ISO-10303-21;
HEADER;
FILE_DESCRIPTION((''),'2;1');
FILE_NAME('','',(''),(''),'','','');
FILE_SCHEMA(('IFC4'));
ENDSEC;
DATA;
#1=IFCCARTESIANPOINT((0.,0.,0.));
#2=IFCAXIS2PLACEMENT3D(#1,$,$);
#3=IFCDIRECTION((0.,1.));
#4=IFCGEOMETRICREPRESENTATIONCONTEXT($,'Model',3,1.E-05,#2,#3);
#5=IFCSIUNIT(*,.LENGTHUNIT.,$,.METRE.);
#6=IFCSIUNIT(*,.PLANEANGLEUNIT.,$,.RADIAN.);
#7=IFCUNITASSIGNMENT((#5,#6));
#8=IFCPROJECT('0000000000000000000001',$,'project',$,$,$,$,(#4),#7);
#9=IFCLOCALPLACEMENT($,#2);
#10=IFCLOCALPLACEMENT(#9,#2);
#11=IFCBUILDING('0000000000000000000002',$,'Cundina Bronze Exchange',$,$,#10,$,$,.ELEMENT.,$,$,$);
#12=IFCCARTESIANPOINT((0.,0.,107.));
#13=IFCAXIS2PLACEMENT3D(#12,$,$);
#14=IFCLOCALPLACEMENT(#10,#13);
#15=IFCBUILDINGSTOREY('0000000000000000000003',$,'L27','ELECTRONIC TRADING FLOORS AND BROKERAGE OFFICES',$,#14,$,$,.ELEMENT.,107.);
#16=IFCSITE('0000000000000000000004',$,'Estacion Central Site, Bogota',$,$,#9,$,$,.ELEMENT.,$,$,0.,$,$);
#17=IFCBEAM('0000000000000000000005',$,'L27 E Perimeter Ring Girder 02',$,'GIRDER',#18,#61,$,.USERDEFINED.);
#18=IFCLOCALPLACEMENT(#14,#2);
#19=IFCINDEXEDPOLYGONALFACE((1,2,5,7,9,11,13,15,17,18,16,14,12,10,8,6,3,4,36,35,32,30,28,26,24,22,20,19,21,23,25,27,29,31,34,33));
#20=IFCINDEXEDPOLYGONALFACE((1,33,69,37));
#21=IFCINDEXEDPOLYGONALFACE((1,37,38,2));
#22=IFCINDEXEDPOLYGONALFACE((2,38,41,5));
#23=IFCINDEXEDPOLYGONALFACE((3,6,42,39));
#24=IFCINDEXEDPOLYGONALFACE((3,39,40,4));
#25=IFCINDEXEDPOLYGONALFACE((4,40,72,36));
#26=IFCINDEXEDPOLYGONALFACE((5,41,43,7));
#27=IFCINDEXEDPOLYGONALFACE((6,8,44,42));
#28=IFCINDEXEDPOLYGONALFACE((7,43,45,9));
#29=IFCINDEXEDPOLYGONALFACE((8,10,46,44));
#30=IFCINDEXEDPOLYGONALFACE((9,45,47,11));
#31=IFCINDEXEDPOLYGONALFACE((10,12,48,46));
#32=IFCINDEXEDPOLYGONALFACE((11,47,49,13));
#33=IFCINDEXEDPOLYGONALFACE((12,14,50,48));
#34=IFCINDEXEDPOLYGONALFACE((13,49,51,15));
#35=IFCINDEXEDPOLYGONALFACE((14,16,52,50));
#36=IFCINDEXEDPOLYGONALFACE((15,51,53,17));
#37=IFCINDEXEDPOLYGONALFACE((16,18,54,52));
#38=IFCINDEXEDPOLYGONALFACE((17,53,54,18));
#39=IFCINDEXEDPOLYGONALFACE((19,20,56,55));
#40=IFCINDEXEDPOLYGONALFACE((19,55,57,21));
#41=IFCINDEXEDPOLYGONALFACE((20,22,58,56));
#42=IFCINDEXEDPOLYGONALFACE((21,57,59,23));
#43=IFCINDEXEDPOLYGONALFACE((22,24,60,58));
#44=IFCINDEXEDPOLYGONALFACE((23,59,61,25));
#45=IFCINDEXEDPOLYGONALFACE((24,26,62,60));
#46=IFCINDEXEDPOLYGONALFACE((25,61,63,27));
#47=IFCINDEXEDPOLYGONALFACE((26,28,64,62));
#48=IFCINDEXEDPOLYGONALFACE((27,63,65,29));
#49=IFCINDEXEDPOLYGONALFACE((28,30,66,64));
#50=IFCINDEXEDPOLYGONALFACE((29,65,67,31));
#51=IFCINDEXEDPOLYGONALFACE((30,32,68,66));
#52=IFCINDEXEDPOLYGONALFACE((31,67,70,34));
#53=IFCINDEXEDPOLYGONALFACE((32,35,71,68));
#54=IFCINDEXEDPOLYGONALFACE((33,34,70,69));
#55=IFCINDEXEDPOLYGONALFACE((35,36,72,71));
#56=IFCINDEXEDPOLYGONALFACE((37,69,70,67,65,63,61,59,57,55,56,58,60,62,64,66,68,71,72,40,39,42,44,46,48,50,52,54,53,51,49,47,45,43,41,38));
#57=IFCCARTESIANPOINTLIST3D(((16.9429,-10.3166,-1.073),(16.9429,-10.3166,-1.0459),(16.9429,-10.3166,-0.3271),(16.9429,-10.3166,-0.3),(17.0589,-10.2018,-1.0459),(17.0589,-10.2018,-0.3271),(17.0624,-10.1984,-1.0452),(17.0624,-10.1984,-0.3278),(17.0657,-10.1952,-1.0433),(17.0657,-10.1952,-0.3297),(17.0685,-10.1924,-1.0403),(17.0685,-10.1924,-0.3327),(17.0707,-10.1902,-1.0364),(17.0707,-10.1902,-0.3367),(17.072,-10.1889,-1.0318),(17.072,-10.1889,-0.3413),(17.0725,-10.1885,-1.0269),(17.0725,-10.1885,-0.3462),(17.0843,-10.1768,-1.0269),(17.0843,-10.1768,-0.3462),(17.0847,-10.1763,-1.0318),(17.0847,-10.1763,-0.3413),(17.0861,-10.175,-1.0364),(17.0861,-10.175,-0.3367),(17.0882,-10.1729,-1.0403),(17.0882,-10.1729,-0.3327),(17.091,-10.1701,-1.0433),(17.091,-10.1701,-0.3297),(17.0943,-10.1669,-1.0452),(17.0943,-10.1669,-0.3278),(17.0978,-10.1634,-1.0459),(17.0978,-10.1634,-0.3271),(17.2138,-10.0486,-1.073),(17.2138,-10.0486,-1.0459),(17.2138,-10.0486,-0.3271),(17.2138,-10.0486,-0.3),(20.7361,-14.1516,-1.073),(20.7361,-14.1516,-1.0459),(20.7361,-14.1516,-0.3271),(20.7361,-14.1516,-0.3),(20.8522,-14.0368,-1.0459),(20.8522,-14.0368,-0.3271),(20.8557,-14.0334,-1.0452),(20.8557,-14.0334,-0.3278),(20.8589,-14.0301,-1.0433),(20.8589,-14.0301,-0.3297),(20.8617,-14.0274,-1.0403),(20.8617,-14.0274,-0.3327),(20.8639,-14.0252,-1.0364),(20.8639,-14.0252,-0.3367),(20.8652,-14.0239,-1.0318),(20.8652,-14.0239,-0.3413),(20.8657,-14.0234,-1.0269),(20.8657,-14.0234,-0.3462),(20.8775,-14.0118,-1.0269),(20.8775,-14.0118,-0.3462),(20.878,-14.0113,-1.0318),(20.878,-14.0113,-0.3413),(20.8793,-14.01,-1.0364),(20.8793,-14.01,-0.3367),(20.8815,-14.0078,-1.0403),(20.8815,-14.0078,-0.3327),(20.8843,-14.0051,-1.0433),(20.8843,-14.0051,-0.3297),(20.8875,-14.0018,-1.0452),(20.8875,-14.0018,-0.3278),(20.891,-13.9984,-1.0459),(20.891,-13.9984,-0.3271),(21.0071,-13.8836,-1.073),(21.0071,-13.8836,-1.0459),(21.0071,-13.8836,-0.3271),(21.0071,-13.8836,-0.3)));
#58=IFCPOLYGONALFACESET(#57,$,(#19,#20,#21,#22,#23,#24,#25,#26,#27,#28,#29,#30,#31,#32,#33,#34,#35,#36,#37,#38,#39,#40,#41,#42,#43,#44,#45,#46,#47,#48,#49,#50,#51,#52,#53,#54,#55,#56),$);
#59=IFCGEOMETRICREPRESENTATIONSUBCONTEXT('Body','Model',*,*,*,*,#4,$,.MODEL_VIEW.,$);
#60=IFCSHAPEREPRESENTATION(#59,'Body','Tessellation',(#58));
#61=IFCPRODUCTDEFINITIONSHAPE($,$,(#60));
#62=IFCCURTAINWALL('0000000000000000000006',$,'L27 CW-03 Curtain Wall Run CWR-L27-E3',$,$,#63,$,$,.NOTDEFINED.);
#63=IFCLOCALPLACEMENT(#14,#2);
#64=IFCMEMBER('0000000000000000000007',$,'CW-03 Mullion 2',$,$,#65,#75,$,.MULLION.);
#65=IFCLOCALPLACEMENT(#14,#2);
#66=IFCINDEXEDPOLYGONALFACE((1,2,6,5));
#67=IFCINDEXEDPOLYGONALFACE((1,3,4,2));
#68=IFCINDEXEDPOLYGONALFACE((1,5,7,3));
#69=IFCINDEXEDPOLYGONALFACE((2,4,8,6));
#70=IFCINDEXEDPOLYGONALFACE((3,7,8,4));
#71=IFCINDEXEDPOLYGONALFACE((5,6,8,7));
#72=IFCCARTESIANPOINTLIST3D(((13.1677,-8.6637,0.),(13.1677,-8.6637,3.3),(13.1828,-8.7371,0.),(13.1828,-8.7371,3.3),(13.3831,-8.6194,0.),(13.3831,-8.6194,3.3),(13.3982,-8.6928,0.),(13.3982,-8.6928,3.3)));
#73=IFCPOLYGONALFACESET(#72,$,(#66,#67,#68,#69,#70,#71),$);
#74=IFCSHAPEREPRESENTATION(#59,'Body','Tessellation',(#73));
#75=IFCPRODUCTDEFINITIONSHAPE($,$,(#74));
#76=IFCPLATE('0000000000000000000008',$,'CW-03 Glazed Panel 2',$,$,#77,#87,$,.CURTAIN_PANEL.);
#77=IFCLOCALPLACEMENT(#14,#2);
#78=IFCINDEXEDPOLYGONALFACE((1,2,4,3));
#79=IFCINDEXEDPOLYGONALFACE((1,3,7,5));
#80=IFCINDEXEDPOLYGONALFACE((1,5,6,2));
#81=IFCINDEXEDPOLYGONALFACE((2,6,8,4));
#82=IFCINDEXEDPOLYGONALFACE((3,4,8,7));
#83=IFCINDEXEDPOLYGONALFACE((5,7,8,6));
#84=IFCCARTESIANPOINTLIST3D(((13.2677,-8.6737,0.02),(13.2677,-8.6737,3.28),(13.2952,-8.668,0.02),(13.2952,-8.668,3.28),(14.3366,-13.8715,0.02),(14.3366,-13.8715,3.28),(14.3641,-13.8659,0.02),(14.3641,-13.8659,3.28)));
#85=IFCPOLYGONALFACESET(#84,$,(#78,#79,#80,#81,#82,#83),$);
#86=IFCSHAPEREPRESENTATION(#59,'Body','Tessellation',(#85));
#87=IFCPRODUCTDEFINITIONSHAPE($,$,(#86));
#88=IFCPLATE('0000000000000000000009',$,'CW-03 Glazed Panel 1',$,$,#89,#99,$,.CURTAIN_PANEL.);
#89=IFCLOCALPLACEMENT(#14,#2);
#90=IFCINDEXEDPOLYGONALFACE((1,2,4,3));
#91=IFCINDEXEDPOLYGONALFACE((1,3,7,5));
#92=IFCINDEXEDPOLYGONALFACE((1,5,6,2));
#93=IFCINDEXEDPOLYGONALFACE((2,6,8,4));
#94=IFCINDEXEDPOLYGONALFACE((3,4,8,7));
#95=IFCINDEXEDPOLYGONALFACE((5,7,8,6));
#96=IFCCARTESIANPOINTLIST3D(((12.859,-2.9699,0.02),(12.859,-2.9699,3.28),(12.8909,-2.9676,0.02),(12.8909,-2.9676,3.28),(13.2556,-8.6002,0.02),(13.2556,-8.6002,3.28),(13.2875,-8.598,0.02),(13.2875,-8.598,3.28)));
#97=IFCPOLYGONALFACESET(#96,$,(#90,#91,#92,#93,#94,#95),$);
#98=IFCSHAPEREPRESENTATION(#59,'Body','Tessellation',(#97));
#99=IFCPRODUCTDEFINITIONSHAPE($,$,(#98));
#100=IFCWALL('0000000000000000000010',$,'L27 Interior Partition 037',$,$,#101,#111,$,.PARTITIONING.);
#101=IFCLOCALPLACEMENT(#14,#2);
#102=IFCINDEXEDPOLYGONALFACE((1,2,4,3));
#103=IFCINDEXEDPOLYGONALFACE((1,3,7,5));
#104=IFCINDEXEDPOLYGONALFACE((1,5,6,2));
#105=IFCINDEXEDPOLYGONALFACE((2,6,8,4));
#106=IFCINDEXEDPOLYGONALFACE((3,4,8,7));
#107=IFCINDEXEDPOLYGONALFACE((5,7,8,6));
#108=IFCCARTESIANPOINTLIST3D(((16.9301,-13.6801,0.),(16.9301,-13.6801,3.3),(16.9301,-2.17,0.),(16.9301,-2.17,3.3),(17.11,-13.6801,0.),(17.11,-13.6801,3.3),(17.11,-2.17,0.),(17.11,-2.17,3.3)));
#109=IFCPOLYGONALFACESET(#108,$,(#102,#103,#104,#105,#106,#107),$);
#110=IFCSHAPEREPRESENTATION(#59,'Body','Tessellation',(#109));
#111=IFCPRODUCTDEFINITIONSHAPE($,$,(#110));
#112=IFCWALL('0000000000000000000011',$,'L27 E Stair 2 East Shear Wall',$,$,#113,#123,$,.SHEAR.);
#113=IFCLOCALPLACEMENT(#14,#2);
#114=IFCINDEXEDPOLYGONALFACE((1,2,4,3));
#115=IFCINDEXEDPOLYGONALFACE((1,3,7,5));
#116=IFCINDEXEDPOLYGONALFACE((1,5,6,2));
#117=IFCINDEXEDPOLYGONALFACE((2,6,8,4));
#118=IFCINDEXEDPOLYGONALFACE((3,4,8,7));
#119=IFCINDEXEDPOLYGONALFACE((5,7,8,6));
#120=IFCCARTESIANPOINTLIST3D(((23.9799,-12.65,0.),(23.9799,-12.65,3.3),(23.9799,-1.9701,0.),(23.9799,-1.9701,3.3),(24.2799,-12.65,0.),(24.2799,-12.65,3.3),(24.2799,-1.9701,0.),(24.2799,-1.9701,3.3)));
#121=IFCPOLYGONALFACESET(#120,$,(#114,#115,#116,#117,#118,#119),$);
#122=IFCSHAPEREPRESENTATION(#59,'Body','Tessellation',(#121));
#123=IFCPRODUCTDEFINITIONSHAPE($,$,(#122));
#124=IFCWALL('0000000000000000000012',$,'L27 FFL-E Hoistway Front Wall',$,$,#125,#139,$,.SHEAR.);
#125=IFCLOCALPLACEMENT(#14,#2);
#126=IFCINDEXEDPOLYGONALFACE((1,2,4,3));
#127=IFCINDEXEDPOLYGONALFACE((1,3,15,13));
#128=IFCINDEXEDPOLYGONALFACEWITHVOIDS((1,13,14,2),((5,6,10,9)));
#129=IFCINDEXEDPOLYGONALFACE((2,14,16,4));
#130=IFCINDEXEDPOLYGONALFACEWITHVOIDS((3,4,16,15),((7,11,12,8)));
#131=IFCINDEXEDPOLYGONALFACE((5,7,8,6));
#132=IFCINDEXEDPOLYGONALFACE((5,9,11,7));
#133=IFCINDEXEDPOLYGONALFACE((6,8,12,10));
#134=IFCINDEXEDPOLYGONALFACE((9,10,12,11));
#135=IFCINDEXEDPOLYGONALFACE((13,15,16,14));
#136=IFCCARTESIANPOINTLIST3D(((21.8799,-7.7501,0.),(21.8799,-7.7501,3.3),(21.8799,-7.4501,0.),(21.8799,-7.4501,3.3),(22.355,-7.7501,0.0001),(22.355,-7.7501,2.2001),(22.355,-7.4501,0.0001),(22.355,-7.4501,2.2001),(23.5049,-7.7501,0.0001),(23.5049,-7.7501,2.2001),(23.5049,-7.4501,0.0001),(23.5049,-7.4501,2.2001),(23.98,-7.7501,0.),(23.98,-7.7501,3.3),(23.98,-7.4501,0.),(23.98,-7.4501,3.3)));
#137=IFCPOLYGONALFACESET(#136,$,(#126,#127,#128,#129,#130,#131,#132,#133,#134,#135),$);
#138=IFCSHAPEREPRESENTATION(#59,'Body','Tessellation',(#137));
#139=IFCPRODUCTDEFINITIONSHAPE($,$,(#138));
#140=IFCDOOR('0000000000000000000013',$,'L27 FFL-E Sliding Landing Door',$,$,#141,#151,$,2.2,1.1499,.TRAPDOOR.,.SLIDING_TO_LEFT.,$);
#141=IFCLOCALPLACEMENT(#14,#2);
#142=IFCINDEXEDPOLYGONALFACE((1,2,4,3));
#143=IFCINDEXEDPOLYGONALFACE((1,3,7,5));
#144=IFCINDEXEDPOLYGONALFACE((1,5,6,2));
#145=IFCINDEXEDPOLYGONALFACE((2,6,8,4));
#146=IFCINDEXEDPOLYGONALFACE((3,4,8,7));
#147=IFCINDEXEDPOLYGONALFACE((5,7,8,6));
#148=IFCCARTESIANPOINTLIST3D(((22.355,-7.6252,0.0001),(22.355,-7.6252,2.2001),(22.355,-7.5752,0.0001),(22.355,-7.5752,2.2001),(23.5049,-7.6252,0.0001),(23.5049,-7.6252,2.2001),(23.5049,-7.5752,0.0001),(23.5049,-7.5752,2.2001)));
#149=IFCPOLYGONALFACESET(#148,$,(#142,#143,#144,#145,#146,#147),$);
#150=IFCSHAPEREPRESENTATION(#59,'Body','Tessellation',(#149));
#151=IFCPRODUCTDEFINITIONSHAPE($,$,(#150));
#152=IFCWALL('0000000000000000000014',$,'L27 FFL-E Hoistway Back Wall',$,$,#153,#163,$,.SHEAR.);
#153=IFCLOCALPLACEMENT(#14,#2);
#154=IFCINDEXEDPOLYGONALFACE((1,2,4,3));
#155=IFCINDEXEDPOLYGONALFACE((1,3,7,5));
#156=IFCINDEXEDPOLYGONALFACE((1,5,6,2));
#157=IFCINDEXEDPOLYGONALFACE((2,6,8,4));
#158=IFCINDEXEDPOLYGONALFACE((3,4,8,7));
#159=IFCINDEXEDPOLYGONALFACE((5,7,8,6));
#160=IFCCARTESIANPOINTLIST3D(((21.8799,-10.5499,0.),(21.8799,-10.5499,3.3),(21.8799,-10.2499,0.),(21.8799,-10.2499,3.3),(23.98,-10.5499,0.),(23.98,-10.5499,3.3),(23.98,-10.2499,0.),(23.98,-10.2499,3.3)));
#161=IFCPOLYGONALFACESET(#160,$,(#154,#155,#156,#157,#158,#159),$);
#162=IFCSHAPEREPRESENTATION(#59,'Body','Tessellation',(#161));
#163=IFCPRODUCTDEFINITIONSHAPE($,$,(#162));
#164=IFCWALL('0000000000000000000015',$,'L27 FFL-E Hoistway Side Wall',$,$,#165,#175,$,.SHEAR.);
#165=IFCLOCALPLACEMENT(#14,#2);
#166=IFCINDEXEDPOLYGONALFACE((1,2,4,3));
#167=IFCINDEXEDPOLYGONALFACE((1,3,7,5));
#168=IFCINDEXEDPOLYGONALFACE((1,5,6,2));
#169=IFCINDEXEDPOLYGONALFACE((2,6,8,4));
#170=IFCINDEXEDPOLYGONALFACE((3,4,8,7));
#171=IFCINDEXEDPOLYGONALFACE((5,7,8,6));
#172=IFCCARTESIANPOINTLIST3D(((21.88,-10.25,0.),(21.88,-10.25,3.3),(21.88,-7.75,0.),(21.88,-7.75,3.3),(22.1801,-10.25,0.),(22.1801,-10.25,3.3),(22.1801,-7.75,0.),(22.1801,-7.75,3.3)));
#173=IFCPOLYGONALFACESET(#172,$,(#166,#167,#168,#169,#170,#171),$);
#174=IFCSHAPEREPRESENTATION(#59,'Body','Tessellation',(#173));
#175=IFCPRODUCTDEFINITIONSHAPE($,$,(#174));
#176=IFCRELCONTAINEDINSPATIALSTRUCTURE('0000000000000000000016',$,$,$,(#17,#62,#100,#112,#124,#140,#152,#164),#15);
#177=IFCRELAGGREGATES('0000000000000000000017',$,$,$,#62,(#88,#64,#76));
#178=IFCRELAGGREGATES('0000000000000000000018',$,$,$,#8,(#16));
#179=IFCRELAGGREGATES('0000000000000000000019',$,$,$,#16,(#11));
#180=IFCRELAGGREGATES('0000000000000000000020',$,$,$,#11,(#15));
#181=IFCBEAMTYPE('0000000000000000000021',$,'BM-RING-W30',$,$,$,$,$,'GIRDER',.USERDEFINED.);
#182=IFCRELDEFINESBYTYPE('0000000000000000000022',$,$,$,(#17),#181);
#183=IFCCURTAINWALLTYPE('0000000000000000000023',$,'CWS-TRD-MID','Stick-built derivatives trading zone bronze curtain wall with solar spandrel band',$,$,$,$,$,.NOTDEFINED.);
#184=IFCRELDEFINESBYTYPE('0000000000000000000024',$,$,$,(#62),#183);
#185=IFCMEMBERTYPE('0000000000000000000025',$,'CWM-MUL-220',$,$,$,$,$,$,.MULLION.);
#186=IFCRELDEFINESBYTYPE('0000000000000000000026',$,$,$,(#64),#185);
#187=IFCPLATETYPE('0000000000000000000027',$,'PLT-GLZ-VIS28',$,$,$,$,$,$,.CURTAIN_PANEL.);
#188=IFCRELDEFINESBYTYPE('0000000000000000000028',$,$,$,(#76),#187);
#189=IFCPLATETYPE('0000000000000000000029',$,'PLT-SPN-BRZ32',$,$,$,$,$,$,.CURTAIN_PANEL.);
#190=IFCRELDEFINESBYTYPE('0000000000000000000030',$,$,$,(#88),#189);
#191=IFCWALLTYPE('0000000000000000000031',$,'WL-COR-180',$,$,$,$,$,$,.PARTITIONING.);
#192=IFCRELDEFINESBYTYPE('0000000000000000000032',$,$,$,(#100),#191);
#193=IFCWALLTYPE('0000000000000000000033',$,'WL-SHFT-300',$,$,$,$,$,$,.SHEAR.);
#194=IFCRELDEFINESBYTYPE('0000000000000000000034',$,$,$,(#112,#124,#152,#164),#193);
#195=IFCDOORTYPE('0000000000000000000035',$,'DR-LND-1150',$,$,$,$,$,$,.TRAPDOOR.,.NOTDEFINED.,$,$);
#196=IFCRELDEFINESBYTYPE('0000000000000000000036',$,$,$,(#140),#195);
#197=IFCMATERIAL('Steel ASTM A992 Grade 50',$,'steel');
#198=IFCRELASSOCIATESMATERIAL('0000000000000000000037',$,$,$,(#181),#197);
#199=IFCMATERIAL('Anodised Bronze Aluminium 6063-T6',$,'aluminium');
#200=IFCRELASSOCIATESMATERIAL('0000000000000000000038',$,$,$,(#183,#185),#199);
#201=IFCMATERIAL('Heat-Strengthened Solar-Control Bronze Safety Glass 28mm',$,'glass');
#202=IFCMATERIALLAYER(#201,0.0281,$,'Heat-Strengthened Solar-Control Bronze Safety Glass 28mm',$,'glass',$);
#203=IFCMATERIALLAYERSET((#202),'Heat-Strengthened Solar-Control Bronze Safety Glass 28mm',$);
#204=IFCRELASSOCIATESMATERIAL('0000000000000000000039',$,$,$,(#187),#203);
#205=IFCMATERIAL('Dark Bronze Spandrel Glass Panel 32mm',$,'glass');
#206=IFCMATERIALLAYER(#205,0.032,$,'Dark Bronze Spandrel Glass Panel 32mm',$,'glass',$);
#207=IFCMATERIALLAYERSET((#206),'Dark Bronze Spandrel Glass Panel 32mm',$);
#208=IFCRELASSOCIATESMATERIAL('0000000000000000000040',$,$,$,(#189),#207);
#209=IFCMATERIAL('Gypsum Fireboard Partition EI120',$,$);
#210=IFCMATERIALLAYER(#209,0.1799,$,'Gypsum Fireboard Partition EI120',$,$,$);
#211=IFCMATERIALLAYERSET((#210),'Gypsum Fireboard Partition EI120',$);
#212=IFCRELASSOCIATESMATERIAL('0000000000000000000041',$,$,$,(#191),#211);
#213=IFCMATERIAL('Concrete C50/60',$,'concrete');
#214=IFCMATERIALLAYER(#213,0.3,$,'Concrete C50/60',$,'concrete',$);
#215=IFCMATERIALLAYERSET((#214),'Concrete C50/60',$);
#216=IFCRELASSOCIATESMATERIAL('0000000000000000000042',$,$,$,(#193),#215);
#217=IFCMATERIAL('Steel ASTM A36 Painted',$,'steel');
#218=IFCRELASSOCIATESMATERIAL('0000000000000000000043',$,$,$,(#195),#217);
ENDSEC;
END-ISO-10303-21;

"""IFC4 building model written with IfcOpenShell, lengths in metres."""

from ifc_helpers import new_model, si_unit, direction, frame, frame_2d, origin, origin_2d, place, context, subcontext, project, spatial, rectangle, i_section, extrude, material, layer, layer_set, material_profile, profile_set, type_object, element, fill, aggregate, save


model = new_model("IFC4")

# Units and contexts
model_context = context("Model", 3, precision=1e-05, world=origin(), true_north=direction((0.0, 1.0)))
body_context = subcontext(model_context, "Body", "Model", "MODEL_VIEW")
ifc_project = project(units=[si_unit("LENGTHUNIT", "METRE"), si_unit("PLANEANGLEUNIT", "RADIAN")], contexts=[model_context])

# Site, building, storey
site_placement = place(None, origin())
site = spatial("IfcSite", under=ifc_project, at=site_placement, Name="Estacion Central Site, Bogota", CompositionType="ELEMENT", RefElevation=0.0)
building_placement = place(site_placement, origin())
building = spatial("IfcBuilding", under=site, at=building_placement, Name="Cundina Bronze Exchange", CompositionType="ELEMENT")
storey_placement = place(building_placement, frame((0.0, 0.0, 107.0)))
storey = spatial("IfcBuildingStorey", under=building, at=storey_placement, Name="L27", Description="ELECTRONIC TRADING FLOORS AND BROKERAGE OFFICES", CompositionType="ELEMENT", Elevation=107.0)

# Beam
ifc_material_1 = material(Name="Steel ASTM A992 Grade 50", Category="steel")
ifc_material_profile_1 = material_profile(ifc_material_1, i_section(OverallWidth=0.3811, OverallDepth=0.7729, WebThickness=0.0166, FlangeThickness=0.0271, FilletRadius=0.019, at=origin_2d()), Name="W30X173", Category="steel")
ifc_profile_set_1 = profile_set([ifc_material_profile_1], Name="Steel ASTM A992 Grade 50")
beam_type_1 = type_object("IfcBeamType", Name="BM-RING-W30", ElementType="GIRDER", PredefinedType="USERDEFINED", material=ifc_profile_set_1)
beam_1_placement = place(storey_placement, frame((17.0784, -10.1826, -0.6865), z_axis=(0.703226, -0.710966, 0.0), x_axis=(0.710966, 0.703226, 0.0)))
element("IfcBeam", 1, at=beam_1_placement, inside=storey, type_object=beam_type_1, Name="L27 E Perimeter Ring Girder 02", ObjectType="GIRDER", PredefinedType="USERDEFINED", context=body_context, shape_type="SweptSolid", body=[
    extrude(i_section(OverallWidth=0.3811, OverallDepth=0.7729, WebThickness=0.0166, FlangeThickness=0.0271, FilletRadius=0.019, at=origin_2d()), origin(), (0.0, 0.0, 1.0), 5.394),
])

# Curtain wall, member, plates
ifc_material_2 = material(Name="Anodised Bronze Aluminium 6063-T6", Category="aluminium")
curtain_wall_type = type_object("IfcCurtainWallType", Name="CWS-TRD-MID", Description="Stick-built derivatives trading zone bronze curtain wall with solar spandrel band", PredefinedType="NOTDEFINED", material=ifc_material_2)
curtain_wall_placement = place(storey_placement, origin())
curtain_wall = element("IfcCurtainWall", 2, at=curtain_wall_placement, inside=storey, type_object=curtain_wall_type, Name="L27 CW-03 Curtain Wall Run CWR-L27-E3", PredefinedType="NOTDEFINED")
ifc_material_profile_2 = material_profile(ifc_material_2, rectangle(XDim=0.075, YDim=0.22, at=origin_2d()), Name="AL75X220", Category="aluminium")
ifc_profile_set_2 = profile_set([ifc_material_profile_2], Name="Anodised Bronze Aluminium 6063-T6")
member_type = type_object("IfcMemberType", Name="CWM-MUL-220", PredefinedType="MULLION", material=ifc_profile_set_2)
member_placement = place(storey_placement, frame((13.283, -8.6782, 0.0), z_axis=(0.0, 0.0, 1.0), x_axis=(0.20142, -0.979505, 0.0)))
member = element("IfcMember", 3, at=member_placement, type_object=member_type, Name="CW-03 Mullion 2", PredefinedType="MULLION", context=body_context, shape_type="SweptSolid", body=[
    extrude(rectangle(XDim=0.075, YDim=0.22, at=origin_2d()), origin(), (0.0, 0.0, 1.0), 3.3),
])
ifc_material_3 = material(Name="Heat-Strengthened Solar-Control Bronze Safety Glass 28mm", Category="glass")
ifc_layer_1 = layer(ifc_material_3, 0.0281, Name="Heat-Strengthened Solar-Control Bronze Safety Glass 28mm", Category="glass")
ifc_layer_set_1 = layer_set([ifc_layer_1], Name="Heat-Strengthened Solar-Control Bronze Safety Glass 28mm")
plate_type_1 = type_object("IfcPlateType", Name="PLT-GLZ-VIS28", PredefinedType="CURTAIN_PANEL", material=ifc_layer_set_1)
plate_1_placement = place(storey_placement, frame((13.8159, -11.2698, 0.02), z_axis=(0.0, 0.0, 1.0), x_axis=(0.20142, -0.979505, 0.0)))
plate_1 = element("IfcPlate", 4, at=plate_1_placement, type_object=plate_type_1, Name="CW-03 Glazed Panel 2", PredefinedType="CURTAIN_PANEL", context=body_context, shape_type="SweptSolid", body=[
    extrude(rectangle(XDim=5.3066, YDim=0.0281, at=origin_2d()), origin(), (0.0, 0.0, 1.0), 3.26),
])
ifc_material_4 = material(Name="Dark Bronze Spandrel Glass Panel 32mm", Category="glass")
ifc_layer_2 = layer(ifc_material_4, 0.032, Name="Dark Bronze Spandrel Glass Panel 32mm", Category="glass")
ifc_layer_set_2 = layer_set([ifc_layer_2], Name="Dark Bronze Spandrel Glass Panel 32mm")
plate_type_2 = type_object("IfcPlateType", Name="PLT-SPN-BRZ32", PredefinedType="CURTAIN_PANEL", material=ifc_layer_set_2)
plate_2_placement = place(storey_placement, frame((13.0732, -5.7839, 0.02), z_axis=(0.0, 0.0, 1.0), x_axis=(0.070279, -0.997527, 0.0)))
plate_2 = element("IfcPlate", 5, at=plate_2_placement, type_object=plate_type_2, Name="CW-03 Glazed Panel 1", PredefinedType="CURTAIN_PANEL", context=body_context, shape_type="SweptSolid", body=[
    extrude(rectangle(XDim=5.6443, YDim=0.032, at=origin_2d()), origin(), (0.0, 0.0, 1.0), 3.26),
])
aggregate(curtain_wall, [plate_2, member, plate_1])

# Walls
ifc_material_5 = material(Name="Gypsum Fireboard Partition EI120")
ifc_layer_3 = layer(ifc_material_5, 0.1799, Name="Gypsum Fireboard Partition EI120")
ifc_layer_set_3 = layer_set([ifc_layer_3], Name="Gypsum Fireboard Partition EI120")
wall_type_1 = type_object("IfcWallType", Name="WL-COR-180", PredefinedType="PARTITIONING", material=ifc_layer_set_3)
wall_1_placement = place(storey_placement, frame((17.02, -13.6799, 0.0), z_axis=(0.0, 0.0, 1.0), x_axis=(0.0, 1.0, 0.0)))
element("IfcWall", 6, at=wall_1_placement, inside=storey, type_object=wall_type_1, Name="L27 Interior Partition 037", PredefinedType="PARTITIONING", context=body_context, shape_type="SweptSolid", body=[
    extrude(rectangle(XDim=11.51, YDim=0.1799, at=frame_2d((5.7549, 0.0))), origin(), (0.0, 0.0, 1.0), 3.3),
])
ifc_material_6 = material(Name="Concrete C50/60", Category="concrete")
ifc_layer_4 = layer(ifc_material_6, 0.3, Name="Concrete C50/60", Category="concrete")
ifc_layer_set_4 = layer_set([ifc_layer_4], Name="Concrete C50/60")
wall_type_2 = type_object("IfcWallType", Name="WL-SHFT-300", PredefinedType="SHEAR", material=ifc_layer_set_4)
wall_2_placement = place(storey_placement, frame((24.1299, -12.6499, 0.0), z_axis=(0.0, 0.0, 1.0), x_axis=(0.0, 1.0, 0.0)))
element("IfcWall", 7, at=wall_2_placement, inside=storey, type_object=wall_type_2, Name="L27 E Stair 2 East Shear Wall", PredefinedType="SHEAR", context=body_context, shape_type="SweptSolid", body=[
    extrude(rectangle(XDim=10.6799, YDim=0.3, at=frame_2d((5.3398, 0.0))), origin(), (0.0, 0.0, 1.0), 3.3),
])

# Wall, opening, door
ifc_material_7 = material(Name="Steel ASTM A36 Painted", Category="steel")
wall_3_placement = place(storey_placement, frame((21.8799, -7.6001, 0.0), z_axis=(0.0, 0.0, 1.0), x_axis=(1.0, 0.0, 0.0)))
wall_3 = element("IfcWall", 8, at=wall_3_placement, inside=storey, type_object=wall_type_2, Name="L27 FFL-E Hoistway Front Wall", PredefinedType="SHEAR", context=body_context, shape_type="SweptSolid", body=[
    extrude(rectangle(XDim=2.1001, YDim=0.3, at=frame_2d((1.05, 0.0))), origin(), (0.0, 0.0, 1.0), 3.3),
])
opening_1_placement = place(wall_3_placement, frame((0.4751, 0.0, 0.0)))
opening_1 = element("IfcOpeningElement", 9, at=opening_1_placement, cuts=wall_3, PredefinedType="OPENING", context=body_context, shape_type="SweptSolid", body=[
    extrude(rectangle(XDim=1.1499, YDim=2.2, at=frame_2d((0.575, 1.1001))), frame((0.0, 0.1599, 0.0), z_axis=(0.0, -1.0, 0.0), x_axis=(1.0, 0.0, 0.0)), (0.0, 0.0, 1.0), 0.3201),
])
door_type_1 = type_object("IfcDoorType", Name="DR-LND-1150", OperationType="NOTDEFINED", PredefinedType="TRAPDOOR", material=ifc_material_7)
door_1_placement = place(opening_1_placement, origin())
door_1 = element("IfcDoor", 10, at=door_1_placement, inside=storey, type_object=door_type_1, Name="L27 FFL-E Sliding Landing Door", OperationType="SLIDING_TO_LEFT", OverallHeight=2.2, OverallWidth=1.1499, PredefinedType="TRAPDOOR", context=body_context, shape_type="SweptSolid", body=[
    extrude(rectangle(XDim=1.1499, YDim=2.2, at=frame_2d((0.575, 1.1001))), frame((0.0, 0.0249, 0.0), z_axis=(0.0, -1.0, 0.0), x_axis=(1.0, 0.0, 0.0)), (0.0, 0.0, 1.0), 0.05),
])
fill(opening_1, door_1)

# Walls
wall_4_placement = place(storey_placement, frame((21.8799, -10.3999, 0.0), z_axis=(0.0, 0.0, 1.0), x_axis=(1.0, 0.0, 0.0)))
element("IfcWall", 11, at=wall_4_placement, inside=storey, type_object=wall_type_2, Name="L27 FFL-E Hoistway Back Wall", PredefinedType="SHEAR", context=body_context, shape_type="SweptSolid", body=[
    extrude(rectangle(XDim=2.1001, YDim=0.3, at=frame_2d((1.05, 0.0))), origin(), (0.0, 0.0, 1.0), 3.3),
])
wall_5_placement = place(storey_placement, frame((22.03, -10.25, 0.0), z_axis=(0.0, 0.0, 1.0), x_axis=(0.0, 1.0, 0.0)))
element("IfcWall", 12, at=wall_5_placement, inside=storey, type_object=wall_type_2, Name="L27 FFL-E Hoistway Side Wall", PredefinedType="SHEAR", context=body_context, shape_type="SweptSolid", body=[
    extrude(rectangle(XDim=2.5, YDim=0.3, at=frame_2d((1.25, 0.0))), origin(), (0.0, 0.0, 1.0), 3.3),
])

save(model, "model.ifc")
